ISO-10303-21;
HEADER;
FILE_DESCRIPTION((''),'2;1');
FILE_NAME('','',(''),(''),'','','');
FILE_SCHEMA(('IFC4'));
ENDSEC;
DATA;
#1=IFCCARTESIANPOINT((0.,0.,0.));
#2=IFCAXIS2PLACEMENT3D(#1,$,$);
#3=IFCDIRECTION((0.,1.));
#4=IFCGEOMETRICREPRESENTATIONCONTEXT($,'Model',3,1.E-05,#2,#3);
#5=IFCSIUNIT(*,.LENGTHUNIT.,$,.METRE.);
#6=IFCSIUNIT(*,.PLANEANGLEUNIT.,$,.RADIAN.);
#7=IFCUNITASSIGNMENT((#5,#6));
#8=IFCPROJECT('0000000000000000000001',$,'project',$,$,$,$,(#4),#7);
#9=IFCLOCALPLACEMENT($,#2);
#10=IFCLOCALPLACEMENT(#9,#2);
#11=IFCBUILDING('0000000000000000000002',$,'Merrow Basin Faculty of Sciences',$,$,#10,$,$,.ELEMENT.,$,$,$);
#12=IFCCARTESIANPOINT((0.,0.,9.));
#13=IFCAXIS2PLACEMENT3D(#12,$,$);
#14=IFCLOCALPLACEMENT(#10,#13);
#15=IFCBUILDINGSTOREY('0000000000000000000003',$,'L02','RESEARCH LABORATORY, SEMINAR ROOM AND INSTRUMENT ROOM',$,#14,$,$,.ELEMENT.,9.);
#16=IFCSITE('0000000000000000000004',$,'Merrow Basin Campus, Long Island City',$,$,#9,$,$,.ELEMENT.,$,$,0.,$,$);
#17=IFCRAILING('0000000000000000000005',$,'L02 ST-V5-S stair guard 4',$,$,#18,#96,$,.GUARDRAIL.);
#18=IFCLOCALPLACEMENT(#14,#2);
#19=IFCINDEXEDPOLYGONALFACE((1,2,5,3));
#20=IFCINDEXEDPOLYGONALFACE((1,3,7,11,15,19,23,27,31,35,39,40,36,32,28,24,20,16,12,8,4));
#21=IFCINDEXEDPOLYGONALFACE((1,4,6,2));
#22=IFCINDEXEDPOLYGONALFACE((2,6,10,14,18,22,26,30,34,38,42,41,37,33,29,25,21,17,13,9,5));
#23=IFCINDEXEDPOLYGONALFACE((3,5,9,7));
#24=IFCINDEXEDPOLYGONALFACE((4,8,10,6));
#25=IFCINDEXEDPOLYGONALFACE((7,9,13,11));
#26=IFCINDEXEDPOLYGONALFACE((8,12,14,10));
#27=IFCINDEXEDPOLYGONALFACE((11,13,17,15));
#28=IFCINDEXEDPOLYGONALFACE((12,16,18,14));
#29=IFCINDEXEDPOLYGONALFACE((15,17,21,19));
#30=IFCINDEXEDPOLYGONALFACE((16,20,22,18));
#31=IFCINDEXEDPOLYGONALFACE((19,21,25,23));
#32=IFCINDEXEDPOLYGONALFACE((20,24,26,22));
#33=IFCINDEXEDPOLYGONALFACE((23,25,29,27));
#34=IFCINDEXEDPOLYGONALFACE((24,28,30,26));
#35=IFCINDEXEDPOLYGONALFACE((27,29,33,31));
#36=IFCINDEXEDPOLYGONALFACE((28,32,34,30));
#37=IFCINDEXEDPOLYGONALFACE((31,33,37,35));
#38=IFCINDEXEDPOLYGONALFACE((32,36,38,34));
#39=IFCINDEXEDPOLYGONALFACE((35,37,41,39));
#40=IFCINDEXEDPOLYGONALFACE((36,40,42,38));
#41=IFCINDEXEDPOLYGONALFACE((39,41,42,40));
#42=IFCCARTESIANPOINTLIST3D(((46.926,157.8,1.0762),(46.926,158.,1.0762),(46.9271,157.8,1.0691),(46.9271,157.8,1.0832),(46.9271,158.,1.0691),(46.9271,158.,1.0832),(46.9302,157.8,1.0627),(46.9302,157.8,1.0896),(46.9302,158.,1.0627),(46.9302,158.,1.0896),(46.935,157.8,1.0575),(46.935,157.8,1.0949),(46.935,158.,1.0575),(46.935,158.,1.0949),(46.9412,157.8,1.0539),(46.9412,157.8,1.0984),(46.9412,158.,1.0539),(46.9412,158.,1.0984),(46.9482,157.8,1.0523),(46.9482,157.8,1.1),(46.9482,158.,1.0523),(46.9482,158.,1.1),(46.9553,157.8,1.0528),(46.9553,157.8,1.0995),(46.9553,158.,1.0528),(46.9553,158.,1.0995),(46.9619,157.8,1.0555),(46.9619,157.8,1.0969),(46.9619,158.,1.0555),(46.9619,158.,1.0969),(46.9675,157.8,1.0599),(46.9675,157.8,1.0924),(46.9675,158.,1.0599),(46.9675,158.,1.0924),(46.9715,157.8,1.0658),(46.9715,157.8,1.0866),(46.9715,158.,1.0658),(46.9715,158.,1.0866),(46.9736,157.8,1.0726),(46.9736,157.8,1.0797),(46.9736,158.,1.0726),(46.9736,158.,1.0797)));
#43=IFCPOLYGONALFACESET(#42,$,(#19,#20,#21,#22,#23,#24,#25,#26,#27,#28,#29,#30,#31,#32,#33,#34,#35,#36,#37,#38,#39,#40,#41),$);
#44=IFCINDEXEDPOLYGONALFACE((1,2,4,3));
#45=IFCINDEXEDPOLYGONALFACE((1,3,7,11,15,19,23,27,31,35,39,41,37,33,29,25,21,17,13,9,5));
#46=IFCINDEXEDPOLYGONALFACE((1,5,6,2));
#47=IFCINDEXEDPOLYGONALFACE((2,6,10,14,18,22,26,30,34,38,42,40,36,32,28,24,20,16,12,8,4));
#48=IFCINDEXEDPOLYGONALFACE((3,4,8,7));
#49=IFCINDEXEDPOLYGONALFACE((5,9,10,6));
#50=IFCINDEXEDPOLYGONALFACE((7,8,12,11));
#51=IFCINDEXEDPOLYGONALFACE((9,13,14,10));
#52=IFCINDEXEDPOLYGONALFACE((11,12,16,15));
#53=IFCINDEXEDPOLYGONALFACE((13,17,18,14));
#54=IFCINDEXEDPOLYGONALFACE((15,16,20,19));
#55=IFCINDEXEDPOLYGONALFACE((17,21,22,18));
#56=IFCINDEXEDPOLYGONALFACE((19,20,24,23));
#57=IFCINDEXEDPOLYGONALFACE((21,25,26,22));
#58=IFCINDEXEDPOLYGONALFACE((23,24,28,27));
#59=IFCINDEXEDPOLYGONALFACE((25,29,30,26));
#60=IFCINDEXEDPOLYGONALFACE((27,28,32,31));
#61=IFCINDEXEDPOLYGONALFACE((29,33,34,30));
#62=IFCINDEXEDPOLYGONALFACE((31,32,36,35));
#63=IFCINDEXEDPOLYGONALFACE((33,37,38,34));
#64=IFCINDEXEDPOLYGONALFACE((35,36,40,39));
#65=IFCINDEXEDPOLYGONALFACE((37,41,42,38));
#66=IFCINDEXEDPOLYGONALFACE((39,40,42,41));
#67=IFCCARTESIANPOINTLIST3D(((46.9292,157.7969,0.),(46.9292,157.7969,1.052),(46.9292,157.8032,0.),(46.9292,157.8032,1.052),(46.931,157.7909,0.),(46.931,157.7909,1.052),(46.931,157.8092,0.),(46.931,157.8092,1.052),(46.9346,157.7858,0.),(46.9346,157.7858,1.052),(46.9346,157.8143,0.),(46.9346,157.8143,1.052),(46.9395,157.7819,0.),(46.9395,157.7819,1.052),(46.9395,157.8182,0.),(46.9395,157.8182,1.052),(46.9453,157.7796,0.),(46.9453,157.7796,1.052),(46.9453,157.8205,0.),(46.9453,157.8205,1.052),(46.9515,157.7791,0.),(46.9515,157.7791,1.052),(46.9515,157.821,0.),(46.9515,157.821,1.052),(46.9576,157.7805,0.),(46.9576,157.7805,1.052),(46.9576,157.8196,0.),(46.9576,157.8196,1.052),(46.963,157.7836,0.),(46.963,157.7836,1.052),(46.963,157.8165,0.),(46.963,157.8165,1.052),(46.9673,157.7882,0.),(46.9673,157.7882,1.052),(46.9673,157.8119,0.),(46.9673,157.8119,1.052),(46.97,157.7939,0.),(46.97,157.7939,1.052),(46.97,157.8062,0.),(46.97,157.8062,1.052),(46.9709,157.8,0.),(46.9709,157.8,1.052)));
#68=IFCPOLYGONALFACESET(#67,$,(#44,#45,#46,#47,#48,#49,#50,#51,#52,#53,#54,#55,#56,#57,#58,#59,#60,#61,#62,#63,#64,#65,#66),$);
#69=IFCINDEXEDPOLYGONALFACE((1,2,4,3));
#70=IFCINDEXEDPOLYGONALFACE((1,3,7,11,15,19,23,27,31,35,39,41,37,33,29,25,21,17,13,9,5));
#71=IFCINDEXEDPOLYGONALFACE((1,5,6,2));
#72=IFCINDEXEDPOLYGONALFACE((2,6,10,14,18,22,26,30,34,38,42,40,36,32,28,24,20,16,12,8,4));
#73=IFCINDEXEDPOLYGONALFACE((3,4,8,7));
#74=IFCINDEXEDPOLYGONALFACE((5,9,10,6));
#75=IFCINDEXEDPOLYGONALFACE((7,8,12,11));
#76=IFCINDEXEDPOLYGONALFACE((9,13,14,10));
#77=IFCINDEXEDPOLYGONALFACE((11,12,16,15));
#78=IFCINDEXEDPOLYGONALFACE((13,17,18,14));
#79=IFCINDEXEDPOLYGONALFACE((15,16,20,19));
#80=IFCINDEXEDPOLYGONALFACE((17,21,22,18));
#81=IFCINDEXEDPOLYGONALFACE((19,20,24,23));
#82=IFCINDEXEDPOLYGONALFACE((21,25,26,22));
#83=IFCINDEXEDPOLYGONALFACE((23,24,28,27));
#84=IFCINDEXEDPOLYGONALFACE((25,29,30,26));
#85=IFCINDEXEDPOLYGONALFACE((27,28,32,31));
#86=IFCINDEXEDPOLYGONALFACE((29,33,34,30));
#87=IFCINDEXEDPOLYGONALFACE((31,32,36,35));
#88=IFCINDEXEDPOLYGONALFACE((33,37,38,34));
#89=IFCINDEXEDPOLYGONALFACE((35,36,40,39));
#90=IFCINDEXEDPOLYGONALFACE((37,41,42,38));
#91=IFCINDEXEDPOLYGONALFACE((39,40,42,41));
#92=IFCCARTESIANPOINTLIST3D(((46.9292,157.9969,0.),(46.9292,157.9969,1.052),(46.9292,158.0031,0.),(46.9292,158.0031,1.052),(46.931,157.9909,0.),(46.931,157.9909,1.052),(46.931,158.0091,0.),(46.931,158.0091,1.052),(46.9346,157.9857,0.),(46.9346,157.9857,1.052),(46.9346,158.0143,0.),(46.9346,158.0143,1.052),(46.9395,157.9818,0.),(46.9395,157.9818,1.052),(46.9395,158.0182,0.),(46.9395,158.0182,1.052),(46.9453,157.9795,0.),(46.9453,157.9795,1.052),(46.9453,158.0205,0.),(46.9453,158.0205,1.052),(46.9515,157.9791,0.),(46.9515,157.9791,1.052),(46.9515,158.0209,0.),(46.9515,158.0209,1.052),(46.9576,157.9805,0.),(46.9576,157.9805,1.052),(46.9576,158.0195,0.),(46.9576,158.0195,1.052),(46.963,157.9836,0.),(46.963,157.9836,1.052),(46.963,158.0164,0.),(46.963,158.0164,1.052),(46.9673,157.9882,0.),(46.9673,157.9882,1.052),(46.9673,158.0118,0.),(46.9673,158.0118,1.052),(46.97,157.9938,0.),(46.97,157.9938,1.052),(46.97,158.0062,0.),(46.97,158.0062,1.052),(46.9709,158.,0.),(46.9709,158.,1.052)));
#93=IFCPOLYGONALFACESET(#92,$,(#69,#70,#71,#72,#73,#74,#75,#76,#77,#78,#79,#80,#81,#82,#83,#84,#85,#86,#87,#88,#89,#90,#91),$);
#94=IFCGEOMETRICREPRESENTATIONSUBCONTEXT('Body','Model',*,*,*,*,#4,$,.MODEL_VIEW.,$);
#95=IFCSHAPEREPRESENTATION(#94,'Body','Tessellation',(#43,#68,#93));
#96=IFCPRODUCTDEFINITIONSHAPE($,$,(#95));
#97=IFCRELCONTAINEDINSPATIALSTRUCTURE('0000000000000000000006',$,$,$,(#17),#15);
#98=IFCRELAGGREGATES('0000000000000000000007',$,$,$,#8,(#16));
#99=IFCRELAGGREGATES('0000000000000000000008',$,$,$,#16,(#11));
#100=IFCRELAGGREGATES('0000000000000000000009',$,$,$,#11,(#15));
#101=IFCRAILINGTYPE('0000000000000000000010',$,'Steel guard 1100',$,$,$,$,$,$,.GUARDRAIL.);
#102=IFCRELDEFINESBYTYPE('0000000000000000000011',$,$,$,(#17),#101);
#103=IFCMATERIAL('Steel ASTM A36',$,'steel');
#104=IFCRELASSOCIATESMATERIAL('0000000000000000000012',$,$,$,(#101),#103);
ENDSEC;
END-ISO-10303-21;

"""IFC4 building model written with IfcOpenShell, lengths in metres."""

from ifc_helpers import new_model, si_unit, direction, frame, origin, origin_2d, place, context, subcontext, project, spatial, circle, extrude, material, type_object, element, save


model = new_model("IFC4")

# Units and contexts
model_context = context("Model", 3, precision=1e-05, world=origin(), true_north=direction((0.0, 1.0)))
body_context = subcontext(model_context, "Body", "Model", "MODEL_VIEW")
ifc_project = project(units=[si_unit("LENGTHUNIT", "METRE"), si_unit("PLANEANGLEUNIT", "RADIAN")], contexts=[model_context])

# Site, building, storey
site_placement = place(None, origin())
site = spatial("IfcSite", under=ifc_project, at=site_placement, Name="Merrow Basin Campus, Long Island City", CompositionType="ELEMENT", RefElevation=0.0)
building_placement = place(site_placement, origin())
building = spatial("IfcBuilding", under=site, at=building_placement, Name="Merrow Basin Faculty of Sciences", CompositionType="ELEMENT")
storey_placement = place(building_placement, frame((0.0, 0.0, 9.0)))
storey = spatial("IfcBuildingStorey", under=building, at=storey_placement, Name="L02", Description="RESEARCH LABORATORY, SEMINAR ROOM AND INSTRUMENT ROOM", CompositionType="ELEMENT", Elevation=9.0)

# Railing
ifc_material_1 = material(Name="Steel ASTM A36", Category="steel")
railing_type_1 = type_object("IfcRailingType", Name="Steel guard 1100", PredefinedType="GUARDRAIL", material=ifc_material_1)
railing_1_placement = place(storey_placement, frame((46.95, 157.8, 0.0)))
element("IfcRailing", 1, at=railing_1_placement, inside=storey, type_object=railing_type_1, Name="L02 ST-V5-S stair guard 4", PredefinedType="GUARDRAIL", context=body_context, shape_type="SweptSolid", body=[
    extrude(circle(Radius=0.0239, at=origin_2d()), frame((0.0, 0.0, 1.0762), z_axis=(0.0, 1.0, 0.0), x_axis=(-1.0, 0.0, 0.0)), (0.0, 0.0, 1.0), 0.2),
    extrude(circle(Radius=0.021, at=origin_2d()), origin(), (0.0, 0.0, 1.0), 1.052),
    extrude(circle(Radius=0.021, at=origin_2d()), frame((0.0, 0.2, 0.0)), (0.0, 0.0, 1.0), 1.052),
])

save(model, "model.ifc")
